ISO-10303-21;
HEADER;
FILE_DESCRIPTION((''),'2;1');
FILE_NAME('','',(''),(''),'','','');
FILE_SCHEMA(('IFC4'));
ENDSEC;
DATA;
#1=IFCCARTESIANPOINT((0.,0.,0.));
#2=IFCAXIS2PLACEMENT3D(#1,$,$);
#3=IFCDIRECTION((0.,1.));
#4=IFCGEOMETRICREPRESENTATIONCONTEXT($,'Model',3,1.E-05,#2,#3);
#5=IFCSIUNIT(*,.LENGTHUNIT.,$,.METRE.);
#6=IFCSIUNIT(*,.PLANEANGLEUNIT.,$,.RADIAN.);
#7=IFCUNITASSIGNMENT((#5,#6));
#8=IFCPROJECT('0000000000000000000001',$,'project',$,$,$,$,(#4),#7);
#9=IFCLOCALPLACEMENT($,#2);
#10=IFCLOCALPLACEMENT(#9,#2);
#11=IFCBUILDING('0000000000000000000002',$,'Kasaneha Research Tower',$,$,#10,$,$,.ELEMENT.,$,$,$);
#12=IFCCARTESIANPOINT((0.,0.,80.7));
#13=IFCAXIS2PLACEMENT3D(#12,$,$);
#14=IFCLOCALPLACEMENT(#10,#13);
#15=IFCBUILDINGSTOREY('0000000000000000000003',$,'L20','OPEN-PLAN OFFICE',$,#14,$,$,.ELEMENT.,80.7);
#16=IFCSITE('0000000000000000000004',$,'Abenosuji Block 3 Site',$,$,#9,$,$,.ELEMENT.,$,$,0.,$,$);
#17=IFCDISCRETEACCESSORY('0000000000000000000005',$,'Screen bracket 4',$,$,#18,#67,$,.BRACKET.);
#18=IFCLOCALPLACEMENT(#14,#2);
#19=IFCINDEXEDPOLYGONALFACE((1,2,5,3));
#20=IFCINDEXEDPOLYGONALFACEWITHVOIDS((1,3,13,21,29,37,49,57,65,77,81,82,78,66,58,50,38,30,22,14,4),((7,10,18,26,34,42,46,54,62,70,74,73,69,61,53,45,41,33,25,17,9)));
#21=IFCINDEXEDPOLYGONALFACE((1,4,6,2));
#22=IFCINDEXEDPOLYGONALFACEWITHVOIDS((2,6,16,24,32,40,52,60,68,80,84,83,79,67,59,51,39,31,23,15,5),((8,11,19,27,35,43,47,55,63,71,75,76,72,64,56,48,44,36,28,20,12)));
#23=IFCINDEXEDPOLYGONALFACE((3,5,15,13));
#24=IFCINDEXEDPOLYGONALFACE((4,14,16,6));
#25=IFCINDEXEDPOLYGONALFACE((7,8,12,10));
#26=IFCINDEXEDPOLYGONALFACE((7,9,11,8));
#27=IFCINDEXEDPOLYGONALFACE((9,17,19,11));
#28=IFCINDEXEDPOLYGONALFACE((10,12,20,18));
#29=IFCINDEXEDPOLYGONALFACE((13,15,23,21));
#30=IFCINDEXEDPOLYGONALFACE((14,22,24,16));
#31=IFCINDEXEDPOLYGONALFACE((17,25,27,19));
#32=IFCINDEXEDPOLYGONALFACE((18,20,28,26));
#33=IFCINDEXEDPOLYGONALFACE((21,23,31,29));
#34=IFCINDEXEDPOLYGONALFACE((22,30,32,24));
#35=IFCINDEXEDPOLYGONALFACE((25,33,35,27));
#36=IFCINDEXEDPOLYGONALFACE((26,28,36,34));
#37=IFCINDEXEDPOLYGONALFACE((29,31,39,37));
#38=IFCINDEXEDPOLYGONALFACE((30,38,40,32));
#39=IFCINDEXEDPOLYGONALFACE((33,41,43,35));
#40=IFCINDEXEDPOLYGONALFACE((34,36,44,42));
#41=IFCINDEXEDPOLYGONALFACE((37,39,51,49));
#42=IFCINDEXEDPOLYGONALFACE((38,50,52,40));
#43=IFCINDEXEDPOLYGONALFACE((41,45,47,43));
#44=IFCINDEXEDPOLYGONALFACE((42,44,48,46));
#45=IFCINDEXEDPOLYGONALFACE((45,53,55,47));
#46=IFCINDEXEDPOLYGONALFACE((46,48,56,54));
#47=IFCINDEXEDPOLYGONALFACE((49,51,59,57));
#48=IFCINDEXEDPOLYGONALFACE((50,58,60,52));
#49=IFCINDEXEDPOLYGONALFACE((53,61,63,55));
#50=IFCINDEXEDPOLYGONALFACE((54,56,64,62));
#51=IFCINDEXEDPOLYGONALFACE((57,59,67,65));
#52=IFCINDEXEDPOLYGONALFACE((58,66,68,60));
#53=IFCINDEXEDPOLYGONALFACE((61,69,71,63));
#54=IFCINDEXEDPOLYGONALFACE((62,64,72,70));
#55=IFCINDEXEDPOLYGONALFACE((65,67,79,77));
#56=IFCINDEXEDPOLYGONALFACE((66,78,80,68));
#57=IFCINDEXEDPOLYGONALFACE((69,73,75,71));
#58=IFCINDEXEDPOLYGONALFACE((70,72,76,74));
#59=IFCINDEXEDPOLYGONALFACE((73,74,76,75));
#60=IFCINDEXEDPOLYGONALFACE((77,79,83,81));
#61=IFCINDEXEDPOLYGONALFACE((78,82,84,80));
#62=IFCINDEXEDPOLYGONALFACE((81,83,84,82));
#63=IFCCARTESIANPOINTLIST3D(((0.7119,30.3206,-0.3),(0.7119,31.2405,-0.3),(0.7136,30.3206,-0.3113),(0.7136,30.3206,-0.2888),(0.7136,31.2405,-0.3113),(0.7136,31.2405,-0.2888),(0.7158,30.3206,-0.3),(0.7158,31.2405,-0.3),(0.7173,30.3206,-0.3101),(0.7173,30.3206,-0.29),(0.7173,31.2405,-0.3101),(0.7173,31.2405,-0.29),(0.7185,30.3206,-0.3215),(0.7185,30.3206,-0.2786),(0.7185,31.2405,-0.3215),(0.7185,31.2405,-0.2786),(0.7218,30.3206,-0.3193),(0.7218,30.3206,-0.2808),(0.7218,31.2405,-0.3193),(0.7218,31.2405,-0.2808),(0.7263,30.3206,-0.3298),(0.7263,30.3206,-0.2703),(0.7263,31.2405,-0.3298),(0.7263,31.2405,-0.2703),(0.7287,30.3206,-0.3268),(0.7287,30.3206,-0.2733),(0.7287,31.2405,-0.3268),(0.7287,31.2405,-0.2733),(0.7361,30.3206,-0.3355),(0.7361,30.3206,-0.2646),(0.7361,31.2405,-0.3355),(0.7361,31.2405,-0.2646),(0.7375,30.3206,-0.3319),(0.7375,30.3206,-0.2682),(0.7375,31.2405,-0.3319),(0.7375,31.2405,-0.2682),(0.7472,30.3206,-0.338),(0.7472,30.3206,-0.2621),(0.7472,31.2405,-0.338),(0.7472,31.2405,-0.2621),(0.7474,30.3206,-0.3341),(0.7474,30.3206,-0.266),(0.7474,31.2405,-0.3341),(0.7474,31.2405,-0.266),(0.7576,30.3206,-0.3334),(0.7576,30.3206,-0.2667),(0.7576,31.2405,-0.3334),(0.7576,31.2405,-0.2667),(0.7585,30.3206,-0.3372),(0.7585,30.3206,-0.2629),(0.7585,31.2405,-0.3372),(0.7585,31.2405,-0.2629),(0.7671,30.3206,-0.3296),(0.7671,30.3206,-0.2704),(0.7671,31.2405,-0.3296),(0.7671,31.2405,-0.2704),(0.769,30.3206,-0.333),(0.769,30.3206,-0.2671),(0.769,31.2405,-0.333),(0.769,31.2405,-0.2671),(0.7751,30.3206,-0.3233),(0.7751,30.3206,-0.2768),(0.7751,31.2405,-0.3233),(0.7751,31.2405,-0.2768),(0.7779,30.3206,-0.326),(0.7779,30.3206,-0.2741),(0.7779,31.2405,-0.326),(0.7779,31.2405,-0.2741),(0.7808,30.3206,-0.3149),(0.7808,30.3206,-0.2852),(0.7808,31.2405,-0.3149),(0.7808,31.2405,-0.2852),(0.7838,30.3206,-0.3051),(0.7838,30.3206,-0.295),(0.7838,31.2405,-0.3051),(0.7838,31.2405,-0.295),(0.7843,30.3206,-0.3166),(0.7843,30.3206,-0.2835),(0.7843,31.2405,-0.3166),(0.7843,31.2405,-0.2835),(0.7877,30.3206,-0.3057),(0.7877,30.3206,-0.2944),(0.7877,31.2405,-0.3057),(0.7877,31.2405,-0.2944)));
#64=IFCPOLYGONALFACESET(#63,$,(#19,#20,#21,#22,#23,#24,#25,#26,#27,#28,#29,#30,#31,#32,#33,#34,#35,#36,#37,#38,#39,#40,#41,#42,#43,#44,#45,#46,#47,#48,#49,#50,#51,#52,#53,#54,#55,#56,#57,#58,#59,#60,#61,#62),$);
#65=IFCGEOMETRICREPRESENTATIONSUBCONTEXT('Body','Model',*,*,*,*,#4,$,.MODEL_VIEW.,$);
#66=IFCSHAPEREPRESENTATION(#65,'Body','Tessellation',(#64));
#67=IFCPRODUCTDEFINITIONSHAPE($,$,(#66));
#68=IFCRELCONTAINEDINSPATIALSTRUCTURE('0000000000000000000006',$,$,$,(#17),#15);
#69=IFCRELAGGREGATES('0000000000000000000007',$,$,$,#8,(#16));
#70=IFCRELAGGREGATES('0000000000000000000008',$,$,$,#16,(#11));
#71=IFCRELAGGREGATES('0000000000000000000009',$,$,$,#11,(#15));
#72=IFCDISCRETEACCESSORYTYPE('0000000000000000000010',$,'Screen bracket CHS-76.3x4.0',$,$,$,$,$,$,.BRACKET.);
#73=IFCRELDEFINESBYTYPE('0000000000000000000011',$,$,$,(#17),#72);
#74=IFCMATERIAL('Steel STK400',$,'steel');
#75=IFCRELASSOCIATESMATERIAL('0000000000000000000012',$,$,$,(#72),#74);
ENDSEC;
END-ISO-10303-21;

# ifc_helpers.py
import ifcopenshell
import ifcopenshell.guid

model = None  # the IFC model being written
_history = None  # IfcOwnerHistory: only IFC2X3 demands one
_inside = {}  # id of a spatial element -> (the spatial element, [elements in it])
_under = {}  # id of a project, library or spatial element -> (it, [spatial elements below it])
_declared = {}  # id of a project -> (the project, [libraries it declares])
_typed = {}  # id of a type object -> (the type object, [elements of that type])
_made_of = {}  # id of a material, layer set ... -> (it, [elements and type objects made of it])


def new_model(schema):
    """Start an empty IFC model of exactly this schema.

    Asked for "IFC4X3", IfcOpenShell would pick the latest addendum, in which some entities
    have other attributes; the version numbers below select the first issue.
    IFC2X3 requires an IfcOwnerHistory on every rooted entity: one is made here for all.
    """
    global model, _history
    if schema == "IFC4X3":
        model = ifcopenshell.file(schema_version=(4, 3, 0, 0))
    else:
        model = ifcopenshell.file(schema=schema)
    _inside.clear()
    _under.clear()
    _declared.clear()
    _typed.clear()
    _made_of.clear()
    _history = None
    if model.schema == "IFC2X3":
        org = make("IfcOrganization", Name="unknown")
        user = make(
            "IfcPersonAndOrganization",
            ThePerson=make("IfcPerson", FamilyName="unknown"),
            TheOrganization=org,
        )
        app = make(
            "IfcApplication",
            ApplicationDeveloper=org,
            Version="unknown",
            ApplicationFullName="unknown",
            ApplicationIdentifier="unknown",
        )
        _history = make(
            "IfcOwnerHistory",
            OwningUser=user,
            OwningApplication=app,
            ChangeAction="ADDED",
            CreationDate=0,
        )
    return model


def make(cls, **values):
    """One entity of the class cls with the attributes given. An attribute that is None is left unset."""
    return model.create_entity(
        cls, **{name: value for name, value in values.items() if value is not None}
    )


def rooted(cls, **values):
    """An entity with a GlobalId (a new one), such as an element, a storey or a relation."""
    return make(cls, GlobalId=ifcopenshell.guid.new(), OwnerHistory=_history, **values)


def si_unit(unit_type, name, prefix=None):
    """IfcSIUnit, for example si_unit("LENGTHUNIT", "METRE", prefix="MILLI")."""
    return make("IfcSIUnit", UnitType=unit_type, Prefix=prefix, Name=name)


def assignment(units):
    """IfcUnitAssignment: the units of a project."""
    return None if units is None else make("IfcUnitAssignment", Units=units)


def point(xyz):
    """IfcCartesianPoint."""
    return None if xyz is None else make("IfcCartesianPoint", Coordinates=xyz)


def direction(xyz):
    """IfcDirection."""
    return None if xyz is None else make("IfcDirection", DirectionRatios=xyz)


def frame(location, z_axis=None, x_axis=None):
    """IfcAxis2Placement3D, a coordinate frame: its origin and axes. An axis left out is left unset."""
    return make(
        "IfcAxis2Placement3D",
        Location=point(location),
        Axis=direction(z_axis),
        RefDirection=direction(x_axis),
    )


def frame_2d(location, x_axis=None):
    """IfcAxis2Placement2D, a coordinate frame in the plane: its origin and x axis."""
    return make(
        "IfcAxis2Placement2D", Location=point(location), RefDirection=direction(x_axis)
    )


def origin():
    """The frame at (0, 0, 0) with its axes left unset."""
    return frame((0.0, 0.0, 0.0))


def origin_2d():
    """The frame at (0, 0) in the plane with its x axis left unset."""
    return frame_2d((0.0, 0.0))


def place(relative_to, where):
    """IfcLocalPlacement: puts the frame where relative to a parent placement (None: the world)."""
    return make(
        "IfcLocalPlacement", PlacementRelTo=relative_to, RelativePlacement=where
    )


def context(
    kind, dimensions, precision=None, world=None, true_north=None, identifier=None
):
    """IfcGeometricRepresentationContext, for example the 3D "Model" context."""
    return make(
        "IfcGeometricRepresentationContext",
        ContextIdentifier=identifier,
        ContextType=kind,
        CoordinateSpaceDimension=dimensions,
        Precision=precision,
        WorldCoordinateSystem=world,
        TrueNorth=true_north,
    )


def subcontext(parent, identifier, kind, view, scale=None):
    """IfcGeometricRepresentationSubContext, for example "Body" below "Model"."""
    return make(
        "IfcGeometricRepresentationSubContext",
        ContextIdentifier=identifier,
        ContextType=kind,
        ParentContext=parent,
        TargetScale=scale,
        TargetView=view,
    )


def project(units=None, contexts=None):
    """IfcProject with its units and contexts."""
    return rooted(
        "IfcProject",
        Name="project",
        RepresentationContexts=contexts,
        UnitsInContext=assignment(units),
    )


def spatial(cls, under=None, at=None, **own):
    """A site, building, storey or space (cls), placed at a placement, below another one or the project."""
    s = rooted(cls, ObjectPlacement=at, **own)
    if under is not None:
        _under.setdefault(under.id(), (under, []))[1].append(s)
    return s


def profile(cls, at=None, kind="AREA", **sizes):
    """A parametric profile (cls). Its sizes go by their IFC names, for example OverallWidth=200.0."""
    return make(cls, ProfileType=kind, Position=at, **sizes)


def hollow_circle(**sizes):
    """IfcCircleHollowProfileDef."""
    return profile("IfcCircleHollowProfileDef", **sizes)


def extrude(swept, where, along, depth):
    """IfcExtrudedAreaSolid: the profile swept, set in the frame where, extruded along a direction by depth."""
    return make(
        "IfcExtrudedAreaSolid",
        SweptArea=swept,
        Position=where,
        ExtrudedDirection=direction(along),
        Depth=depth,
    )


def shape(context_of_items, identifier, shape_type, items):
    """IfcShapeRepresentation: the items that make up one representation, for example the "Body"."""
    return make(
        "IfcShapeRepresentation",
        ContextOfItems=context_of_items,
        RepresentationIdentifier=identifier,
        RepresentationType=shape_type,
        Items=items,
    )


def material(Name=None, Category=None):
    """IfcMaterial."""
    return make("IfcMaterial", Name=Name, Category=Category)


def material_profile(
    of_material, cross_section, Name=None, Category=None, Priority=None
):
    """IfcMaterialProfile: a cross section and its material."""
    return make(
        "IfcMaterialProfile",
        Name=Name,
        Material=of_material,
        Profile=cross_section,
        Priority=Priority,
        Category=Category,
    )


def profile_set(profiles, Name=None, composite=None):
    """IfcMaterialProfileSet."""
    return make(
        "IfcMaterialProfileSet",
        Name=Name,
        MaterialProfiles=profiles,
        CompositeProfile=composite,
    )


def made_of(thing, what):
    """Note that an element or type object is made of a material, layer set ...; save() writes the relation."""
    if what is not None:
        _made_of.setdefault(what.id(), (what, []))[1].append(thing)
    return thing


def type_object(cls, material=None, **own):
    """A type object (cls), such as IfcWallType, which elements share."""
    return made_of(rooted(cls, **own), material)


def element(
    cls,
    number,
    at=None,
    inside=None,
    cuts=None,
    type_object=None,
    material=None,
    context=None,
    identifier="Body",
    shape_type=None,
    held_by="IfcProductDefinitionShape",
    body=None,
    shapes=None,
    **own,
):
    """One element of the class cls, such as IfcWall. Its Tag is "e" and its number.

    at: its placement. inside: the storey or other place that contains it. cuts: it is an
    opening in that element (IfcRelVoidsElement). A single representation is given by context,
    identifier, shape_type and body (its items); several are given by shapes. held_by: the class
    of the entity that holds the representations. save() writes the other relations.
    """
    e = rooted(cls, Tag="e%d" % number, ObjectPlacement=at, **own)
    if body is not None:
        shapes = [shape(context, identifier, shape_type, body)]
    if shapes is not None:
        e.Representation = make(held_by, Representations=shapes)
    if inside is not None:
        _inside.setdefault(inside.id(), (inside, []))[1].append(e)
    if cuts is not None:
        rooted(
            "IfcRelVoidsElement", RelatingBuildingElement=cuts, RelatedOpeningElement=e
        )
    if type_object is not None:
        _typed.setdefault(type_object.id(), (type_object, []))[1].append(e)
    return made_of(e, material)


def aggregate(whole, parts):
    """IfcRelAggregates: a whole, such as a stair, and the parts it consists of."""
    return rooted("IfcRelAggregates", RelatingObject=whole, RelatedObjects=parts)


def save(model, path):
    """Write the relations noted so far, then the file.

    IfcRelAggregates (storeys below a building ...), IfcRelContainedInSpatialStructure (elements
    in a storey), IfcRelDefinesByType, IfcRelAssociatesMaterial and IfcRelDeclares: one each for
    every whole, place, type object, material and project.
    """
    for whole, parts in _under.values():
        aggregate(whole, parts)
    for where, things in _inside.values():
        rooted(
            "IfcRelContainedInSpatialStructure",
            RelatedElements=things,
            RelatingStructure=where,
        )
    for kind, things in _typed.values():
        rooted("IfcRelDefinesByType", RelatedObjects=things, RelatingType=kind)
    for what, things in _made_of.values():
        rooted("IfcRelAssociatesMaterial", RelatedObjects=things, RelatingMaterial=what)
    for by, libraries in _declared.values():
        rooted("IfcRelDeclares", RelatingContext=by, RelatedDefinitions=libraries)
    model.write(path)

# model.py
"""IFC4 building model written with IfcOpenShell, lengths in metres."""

from ifc_helpers import new_model, si_unit, direction, frame, origin, origin_2d, place, context, subcontext, project, spatial, hollow_circle, extrude, material, material_profile, profile_set, type_object, element, save


model = new_model("IFC4")

# Units and contexts
model_context = context("Model", 3, precision=1e-05, world=origin(), true_north=direction((0.0, 1.0)))
body_context = subcontext(model_context, "Body", "Model", "MODEL_VIEW")
ifc_project = project(units=[si_unit("LENGTHUNIT", "METRE"), si_unit("PLANEANGLEUNIT", "RADIAN")], contexts=[model_context])

# Site, building, storey
site_placement = place(None, origin())
site = spatial("IfcSite", under=ifc_project, at=site_placement, Name="Abenosuji Block 3 Site", CompositionType="ELEMENT", RefElevation=0.0)
building_placement = place(site_placement, origin())
building = spatial("IfcBuilding", under=site, at=building_placement, Name="Kasaneha Research Tower", CompositionType="ELEMENT")
storey_placement = place(building_placement, frame((0.0, 0.0, 80.7)))
storey = spatial("IfcBuildingStorey", under=building, at=storey_placement, Name="L20", Description="OPEN-PLAN OFFICE", CompositionType="ELEMENT", Elevation=80.7)

# Discrete accessory
ifc_material_1 = material(Name="Steel STK400", Category="steel")
ifc_material_profile_1 = material_profile(ifc_material_1, hollow_circle(Radius=0.0381, WallThickness=0.0039, at=origin_2d()), Name="CHS-76.3x4.0")
ifc_profile_set_1 = profile_set([ifc_material_profile_1], Name="Steel STK400")
discrete_accessory_type = type_object("IfcDiscreteAccessoryType", Name="Screen bracket CHS-76.3x4.0", PredefinedType="BRACKET", material=ifc_profile_set_1)
for number, where, z_axis, x_axis, name in (
    (1, (0.75, 30.3206, -0.3), (0.0, 1.0, 0.0), (-1.0, 0.0, 0.0), "Screen bracket 4"),
):
    element("IfcDiscreteAccessory", number, at=place(storey_placement, frame(where, z_axis=z_axis, x_axis=x_axis)), inside=storey, type_object=discrete_accessory_type, Name=name, PredefinedType="BRACKET", context=body_context, shape_type="SweptSolid", body=[
        extrude(hollow_circle(Radius=0.0381, WallThickness=0.0039, at=origin_2d()), origin(), (0.0, 0.0, 1.0), 0.9199),
    ])

save(model, "model.ifc")
